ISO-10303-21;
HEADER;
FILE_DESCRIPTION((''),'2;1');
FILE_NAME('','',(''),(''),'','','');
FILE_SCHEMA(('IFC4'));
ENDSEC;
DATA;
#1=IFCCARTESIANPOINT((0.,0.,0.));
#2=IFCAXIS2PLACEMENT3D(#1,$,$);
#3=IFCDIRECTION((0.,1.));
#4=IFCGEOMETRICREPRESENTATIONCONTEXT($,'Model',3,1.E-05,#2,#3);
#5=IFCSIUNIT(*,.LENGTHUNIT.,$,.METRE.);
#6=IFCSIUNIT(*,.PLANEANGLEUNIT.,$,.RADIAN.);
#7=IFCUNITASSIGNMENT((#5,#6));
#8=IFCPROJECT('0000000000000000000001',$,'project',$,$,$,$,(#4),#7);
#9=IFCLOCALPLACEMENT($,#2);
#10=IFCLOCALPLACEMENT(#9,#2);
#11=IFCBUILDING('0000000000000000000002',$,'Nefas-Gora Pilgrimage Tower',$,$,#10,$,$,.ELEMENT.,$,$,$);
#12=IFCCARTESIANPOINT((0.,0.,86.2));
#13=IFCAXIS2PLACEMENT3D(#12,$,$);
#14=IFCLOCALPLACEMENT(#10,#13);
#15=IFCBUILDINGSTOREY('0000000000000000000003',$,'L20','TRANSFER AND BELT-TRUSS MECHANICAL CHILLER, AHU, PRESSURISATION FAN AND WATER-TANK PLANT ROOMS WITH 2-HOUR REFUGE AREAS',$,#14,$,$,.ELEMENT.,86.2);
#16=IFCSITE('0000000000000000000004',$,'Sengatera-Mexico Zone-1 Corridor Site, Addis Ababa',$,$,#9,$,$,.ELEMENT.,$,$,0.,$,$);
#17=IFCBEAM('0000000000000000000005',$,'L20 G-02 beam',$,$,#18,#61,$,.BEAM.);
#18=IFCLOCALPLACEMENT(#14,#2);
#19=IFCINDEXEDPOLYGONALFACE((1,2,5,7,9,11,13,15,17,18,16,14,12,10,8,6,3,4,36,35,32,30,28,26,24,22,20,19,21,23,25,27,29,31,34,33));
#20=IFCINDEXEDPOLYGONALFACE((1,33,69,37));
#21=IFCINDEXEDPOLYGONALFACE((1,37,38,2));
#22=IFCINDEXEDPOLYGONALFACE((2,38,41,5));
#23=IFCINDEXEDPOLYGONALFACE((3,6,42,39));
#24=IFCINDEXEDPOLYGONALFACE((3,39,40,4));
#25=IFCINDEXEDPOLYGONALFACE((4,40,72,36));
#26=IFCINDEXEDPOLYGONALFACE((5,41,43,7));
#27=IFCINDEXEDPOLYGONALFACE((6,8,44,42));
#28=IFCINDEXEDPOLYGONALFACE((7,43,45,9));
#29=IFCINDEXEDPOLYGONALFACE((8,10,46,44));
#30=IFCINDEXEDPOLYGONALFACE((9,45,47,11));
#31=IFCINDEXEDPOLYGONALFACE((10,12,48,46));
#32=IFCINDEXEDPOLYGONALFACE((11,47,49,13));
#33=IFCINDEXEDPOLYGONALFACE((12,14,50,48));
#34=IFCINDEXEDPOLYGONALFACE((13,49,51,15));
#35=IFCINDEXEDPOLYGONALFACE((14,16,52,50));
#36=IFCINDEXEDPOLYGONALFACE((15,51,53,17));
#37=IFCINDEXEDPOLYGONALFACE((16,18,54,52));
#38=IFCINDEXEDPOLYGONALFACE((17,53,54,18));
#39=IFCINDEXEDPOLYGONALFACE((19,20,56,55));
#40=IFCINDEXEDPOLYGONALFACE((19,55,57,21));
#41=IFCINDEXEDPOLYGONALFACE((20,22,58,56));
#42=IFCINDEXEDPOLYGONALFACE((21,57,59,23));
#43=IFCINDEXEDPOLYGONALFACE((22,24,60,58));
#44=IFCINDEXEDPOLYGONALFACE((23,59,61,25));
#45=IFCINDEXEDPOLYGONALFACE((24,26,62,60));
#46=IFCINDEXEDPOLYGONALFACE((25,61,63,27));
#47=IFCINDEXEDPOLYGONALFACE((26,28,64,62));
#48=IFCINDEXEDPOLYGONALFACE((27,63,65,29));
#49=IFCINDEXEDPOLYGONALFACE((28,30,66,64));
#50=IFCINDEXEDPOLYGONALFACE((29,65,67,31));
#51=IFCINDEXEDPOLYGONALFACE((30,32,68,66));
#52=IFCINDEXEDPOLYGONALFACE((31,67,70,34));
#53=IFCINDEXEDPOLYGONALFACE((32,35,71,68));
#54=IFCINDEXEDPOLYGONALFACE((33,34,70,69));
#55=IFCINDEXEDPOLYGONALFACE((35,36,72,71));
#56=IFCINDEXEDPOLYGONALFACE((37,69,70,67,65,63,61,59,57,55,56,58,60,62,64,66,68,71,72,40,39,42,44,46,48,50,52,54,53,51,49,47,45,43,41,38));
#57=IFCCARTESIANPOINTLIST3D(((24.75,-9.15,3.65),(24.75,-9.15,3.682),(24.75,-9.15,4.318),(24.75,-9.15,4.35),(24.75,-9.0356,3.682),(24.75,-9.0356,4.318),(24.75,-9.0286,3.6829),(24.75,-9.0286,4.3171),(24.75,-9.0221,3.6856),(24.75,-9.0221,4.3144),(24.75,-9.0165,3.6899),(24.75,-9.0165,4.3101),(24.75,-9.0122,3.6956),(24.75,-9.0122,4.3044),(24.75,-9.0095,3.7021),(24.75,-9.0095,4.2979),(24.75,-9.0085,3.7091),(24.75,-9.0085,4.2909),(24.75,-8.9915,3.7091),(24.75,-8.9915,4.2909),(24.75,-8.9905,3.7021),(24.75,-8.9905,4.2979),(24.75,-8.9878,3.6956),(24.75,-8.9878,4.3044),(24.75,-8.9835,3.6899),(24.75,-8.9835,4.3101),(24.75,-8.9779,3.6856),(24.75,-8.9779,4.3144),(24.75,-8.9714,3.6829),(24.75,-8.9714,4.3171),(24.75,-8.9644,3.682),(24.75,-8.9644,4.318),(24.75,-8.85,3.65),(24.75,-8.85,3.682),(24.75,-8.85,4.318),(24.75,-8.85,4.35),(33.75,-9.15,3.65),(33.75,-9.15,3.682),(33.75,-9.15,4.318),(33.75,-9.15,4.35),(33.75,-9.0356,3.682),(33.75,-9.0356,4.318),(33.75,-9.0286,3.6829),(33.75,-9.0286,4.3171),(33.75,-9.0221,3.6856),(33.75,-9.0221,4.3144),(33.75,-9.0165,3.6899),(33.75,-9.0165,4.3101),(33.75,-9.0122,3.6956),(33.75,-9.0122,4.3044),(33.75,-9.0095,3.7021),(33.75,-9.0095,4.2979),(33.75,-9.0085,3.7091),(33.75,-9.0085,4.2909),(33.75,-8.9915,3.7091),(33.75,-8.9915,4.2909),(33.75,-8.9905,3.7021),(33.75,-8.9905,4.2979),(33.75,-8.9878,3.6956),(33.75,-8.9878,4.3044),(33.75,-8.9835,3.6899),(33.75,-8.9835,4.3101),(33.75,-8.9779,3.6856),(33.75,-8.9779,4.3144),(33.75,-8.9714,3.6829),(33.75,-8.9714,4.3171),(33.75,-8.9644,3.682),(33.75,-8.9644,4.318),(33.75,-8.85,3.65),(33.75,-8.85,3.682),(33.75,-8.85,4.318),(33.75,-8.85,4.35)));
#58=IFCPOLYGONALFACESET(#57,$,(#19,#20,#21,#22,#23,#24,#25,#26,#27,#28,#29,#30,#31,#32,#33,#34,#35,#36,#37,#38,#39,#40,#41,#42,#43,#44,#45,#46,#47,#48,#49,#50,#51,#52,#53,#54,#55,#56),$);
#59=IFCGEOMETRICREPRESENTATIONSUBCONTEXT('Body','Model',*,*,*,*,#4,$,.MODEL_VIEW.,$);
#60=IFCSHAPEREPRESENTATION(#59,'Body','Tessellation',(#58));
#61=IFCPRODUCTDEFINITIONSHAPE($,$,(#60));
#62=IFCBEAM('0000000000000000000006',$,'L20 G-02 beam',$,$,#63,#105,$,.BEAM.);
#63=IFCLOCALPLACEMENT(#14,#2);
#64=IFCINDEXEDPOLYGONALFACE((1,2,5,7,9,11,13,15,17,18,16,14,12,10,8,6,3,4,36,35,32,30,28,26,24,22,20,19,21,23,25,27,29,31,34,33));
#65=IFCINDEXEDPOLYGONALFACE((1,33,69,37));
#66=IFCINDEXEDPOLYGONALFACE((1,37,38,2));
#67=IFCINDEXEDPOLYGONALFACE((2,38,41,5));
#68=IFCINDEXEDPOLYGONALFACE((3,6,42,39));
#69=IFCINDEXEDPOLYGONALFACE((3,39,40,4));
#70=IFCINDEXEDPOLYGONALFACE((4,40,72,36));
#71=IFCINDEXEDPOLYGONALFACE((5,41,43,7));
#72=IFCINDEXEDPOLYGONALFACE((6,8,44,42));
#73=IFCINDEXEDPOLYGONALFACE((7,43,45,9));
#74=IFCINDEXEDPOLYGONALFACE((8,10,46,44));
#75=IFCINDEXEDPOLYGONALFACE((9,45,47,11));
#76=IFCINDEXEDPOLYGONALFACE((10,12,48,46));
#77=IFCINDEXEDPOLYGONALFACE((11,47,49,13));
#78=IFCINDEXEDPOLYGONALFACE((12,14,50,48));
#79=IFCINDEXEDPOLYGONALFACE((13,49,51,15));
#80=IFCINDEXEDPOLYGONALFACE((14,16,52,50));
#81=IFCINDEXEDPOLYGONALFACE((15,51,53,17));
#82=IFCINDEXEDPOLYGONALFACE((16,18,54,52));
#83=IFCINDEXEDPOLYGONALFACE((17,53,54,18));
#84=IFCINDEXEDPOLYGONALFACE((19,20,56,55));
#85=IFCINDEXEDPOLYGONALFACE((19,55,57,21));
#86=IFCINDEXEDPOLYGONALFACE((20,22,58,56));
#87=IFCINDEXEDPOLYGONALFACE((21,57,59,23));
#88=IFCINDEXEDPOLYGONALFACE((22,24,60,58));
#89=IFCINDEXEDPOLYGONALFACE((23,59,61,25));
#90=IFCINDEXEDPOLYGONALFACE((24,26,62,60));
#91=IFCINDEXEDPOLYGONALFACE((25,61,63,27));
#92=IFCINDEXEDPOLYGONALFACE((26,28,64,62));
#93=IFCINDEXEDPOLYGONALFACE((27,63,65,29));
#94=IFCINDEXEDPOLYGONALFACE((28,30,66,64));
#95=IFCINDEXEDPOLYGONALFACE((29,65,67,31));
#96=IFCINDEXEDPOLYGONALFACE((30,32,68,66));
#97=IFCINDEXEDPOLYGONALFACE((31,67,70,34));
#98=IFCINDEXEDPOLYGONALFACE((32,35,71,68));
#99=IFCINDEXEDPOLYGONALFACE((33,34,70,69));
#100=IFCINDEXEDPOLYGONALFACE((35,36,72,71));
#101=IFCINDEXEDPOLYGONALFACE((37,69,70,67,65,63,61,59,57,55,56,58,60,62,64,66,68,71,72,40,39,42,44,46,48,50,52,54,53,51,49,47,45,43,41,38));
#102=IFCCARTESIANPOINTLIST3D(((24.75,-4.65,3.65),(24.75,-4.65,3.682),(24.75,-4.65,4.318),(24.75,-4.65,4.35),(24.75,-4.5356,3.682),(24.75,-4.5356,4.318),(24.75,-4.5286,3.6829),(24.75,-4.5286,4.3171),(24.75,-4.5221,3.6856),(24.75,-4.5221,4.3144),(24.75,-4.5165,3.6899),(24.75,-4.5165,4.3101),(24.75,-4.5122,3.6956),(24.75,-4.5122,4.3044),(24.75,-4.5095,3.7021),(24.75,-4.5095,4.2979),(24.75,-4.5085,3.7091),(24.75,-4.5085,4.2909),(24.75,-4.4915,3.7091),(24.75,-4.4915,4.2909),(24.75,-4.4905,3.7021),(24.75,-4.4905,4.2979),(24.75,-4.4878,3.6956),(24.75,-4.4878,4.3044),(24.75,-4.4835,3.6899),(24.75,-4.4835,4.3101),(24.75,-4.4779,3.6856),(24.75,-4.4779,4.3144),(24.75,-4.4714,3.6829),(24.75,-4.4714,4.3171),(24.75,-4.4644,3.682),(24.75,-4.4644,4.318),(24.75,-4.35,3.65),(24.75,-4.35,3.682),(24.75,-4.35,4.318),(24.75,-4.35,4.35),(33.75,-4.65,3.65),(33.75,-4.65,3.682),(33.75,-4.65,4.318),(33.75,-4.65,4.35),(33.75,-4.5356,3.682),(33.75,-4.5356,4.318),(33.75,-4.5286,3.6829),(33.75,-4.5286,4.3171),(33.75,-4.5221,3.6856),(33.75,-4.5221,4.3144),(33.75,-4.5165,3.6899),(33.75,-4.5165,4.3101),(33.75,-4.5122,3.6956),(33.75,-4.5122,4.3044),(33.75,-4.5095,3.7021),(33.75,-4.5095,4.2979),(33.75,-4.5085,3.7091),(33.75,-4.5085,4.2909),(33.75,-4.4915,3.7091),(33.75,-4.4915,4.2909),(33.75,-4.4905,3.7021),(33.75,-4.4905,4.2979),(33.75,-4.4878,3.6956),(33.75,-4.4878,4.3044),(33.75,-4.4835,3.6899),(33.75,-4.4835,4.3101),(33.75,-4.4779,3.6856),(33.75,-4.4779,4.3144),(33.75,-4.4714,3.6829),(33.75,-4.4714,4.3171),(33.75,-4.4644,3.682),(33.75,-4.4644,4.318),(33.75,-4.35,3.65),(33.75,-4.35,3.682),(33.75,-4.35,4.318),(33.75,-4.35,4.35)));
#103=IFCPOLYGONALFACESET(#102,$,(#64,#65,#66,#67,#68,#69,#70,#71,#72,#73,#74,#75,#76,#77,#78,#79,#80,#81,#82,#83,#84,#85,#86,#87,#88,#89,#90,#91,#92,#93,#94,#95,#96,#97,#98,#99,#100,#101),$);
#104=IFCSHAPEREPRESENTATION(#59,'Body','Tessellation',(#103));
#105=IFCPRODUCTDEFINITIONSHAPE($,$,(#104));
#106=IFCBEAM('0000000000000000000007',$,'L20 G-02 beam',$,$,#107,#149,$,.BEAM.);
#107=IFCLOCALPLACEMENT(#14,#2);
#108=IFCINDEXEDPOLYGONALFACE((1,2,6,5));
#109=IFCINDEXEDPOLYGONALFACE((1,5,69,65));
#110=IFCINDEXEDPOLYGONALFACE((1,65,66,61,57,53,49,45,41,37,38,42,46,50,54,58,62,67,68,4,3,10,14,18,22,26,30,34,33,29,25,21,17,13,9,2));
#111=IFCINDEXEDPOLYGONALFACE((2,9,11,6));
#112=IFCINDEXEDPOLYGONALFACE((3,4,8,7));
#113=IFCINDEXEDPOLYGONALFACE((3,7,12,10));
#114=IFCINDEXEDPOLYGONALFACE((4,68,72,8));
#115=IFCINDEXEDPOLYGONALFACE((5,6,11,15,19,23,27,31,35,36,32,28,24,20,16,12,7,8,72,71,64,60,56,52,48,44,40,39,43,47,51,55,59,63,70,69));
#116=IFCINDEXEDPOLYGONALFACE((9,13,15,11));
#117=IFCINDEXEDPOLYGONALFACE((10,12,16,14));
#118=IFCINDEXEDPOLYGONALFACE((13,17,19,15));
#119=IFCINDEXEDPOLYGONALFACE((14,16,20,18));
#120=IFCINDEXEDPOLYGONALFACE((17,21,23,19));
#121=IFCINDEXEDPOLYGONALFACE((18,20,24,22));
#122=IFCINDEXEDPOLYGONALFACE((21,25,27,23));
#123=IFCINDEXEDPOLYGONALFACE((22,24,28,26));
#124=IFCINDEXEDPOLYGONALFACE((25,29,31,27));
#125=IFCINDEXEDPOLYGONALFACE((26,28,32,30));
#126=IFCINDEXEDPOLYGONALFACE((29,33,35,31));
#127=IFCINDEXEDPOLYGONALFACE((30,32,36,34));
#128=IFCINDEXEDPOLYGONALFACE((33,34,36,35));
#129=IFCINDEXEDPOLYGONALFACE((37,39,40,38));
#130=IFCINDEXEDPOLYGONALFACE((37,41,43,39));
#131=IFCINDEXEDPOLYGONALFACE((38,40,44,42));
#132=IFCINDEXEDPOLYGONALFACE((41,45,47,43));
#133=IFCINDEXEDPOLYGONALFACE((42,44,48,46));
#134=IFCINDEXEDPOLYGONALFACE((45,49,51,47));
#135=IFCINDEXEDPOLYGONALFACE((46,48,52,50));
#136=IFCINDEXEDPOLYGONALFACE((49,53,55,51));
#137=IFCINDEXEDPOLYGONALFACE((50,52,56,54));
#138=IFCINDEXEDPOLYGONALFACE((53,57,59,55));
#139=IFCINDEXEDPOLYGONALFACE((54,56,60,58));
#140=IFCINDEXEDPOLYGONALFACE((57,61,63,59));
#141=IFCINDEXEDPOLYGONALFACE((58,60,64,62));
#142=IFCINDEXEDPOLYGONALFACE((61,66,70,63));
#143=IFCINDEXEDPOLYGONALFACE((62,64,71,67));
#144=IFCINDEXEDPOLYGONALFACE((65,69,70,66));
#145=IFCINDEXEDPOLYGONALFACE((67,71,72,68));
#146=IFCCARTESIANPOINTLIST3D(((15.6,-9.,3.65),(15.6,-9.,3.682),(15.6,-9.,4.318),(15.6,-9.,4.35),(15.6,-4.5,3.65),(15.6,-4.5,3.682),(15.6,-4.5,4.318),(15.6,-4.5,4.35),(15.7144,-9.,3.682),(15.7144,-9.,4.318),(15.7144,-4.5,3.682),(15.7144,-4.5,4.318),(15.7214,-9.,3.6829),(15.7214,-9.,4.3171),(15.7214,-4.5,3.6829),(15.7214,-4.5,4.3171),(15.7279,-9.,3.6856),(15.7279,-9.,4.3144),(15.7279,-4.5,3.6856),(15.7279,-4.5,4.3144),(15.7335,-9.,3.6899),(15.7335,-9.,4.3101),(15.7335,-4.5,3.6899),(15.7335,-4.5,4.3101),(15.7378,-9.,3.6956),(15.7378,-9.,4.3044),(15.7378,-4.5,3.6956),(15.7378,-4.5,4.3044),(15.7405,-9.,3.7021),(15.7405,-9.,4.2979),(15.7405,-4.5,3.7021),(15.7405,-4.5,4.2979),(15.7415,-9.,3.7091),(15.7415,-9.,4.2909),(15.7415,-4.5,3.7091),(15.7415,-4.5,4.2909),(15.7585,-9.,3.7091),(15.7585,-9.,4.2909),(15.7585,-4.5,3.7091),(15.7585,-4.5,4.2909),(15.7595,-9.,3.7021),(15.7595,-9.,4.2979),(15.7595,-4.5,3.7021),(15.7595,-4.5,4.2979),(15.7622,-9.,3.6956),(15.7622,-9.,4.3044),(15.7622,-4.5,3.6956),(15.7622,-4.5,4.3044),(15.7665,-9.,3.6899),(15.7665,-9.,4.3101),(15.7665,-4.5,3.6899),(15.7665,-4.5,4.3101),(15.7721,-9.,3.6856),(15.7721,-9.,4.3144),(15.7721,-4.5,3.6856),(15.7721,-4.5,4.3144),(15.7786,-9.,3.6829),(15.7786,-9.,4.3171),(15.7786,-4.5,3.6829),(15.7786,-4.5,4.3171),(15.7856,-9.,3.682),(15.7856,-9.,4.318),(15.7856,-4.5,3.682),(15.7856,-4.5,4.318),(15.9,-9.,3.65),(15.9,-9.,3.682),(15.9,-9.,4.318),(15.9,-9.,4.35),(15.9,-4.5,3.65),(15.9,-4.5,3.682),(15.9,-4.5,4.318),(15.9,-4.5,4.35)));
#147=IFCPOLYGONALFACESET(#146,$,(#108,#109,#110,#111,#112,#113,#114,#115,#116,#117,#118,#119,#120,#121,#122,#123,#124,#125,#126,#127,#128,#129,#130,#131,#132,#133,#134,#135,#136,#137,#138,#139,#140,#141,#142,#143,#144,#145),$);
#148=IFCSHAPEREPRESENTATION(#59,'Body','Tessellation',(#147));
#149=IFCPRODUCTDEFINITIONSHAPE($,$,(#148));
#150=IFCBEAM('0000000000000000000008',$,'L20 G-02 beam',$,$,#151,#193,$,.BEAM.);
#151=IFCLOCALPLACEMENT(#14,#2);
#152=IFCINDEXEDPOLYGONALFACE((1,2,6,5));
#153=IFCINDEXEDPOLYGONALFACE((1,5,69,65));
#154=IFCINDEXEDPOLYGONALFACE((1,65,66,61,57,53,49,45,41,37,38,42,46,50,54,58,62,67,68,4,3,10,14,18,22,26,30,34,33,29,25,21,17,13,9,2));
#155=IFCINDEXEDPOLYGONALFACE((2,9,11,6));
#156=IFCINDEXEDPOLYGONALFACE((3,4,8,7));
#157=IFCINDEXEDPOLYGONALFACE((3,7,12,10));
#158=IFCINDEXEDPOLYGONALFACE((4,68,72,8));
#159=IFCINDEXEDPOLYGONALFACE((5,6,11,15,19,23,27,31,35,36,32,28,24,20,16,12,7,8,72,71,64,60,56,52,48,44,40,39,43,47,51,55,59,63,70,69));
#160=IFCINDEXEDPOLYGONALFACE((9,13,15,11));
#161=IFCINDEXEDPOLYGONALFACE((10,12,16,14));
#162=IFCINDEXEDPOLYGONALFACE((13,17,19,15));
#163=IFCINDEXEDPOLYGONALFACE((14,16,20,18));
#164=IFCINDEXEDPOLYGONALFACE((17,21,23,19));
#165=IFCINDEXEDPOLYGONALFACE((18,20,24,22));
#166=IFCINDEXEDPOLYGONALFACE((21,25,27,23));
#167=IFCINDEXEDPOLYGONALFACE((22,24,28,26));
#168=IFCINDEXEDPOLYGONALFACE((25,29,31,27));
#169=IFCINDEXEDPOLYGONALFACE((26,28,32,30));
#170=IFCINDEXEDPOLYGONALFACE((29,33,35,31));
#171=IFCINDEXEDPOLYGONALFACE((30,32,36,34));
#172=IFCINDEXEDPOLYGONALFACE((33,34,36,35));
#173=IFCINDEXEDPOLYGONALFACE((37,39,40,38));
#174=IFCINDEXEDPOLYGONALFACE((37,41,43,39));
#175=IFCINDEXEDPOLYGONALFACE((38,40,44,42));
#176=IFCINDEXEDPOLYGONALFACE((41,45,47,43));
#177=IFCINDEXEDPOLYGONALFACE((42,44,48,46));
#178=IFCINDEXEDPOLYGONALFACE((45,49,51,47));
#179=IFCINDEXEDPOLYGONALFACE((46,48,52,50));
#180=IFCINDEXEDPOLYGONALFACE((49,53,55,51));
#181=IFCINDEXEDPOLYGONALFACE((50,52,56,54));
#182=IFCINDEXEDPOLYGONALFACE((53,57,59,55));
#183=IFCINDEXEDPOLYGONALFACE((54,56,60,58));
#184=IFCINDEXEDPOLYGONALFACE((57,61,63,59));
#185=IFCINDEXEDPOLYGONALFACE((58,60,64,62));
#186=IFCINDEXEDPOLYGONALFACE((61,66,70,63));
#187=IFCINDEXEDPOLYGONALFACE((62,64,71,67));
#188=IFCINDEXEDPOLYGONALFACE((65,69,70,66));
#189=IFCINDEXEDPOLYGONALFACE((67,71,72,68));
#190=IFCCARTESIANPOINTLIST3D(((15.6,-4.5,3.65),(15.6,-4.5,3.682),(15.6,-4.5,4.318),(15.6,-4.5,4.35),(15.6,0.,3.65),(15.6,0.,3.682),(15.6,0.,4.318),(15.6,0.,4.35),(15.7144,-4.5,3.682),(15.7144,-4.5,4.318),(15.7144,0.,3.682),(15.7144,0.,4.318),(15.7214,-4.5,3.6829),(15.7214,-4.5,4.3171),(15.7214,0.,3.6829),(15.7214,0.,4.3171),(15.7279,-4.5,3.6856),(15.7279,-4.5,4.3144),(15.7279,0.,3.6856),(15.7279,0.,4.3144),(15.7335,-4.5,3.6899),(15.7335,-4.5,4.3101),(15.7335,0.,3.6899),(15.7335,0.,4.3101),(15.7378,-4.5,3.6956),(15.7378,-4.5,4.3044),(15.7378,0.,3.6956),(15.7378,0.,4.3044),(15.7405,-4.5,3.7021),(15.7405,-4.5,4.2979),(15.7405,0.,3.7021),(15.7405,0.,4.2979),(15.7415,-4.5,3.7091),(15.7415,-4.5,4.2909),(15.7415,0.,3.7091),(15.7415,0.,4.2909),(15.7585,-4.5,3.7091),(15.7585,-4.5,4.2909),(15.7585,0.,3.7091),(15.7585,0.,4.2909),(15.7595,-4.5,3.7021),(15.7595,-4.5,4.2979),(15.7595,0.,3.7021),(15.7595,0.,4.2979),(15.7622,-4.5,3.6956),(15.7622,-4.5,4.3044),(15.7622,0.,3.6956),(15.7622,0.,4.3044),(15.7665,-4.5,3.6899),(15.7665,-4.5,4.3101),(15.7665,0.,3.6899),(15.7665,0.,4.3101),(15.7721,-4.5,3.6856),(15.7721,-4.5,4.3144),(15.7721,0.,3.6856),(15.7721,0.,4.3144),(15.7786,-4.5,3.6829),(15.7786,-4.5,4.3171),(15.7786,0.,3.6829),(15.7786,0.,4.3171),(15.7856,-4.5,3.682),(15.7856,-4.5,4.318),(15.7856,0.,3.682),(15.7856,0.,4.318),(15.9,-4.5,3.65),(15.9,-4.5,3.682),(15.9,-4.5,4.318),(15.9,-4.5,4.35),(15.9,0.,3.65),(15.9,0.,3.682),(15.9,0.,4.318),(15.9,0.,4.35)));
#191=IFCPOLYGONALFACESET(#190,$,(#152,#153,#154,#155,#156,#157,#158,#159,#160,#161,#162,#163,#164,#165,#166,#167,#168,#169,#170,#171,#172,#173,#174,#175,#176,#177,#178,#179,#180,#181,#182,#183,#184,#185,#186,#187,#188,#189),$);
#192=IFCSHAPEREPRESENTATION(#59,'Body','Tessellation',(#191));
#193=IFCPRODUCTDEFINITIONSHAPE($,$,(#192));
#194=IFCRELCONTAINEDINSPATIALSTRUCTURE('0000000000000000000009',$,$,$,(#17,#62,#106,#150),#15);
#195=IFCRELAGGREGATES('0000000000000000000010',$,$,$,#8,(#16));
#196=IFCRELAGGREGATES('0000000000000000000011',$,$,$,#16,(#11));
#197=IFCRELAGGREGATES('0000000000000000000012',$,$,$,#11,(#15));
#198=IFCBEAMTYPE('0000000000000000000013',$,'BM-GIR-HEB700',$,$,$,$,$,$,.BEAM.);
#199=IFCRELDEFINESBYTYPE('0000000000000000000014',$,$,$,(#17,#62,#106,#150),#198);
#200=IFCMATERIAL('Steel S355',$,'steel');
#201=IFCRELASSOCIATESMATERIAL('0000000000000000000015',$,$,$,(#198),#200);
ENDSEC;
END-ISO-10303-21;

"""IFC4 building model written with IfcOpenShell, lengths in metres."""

from ifc_helpers import new_model, si_unit, direction, frame, origin, origin_2d, place, context, subcontext, project, spatial, i_section, extrude, source, transform, mapped, material, material_profile, profile_set, type_object, element, save


model = new_model("IFC4")

# Units and contexts
model_context = context("Model", 3, precision=1e-05, world=origin(), true_north=direction((0.0, 1.0)))
body_context = subcontext(model_context, "Body", "Model", "MODEL_VIEW")
ifc_project = project(units=[si_unit("LENGTHUNIT", "METRE"), si_unit("PLANEANGLEUNIT", "RADIAN")], contexts=[model_context])

# Site, building, storey
site_placement = place(None, origin())
site = spatial("IfcSite", under=ifc_project, at=site_placement, Name="Sengatera-Mexico Zone-1 Corridor Site, Addis Ababa", CompositionType="ELEMENT", RefElevation=0.0)
building_placement = place(site_placement, origin())
building = spatial("IfcBuilding", under=site, at=building_placement, Name="Nefas-Gora Pilgrimage Tower", CompositionType="ELEMENT")
storey_placement = place(building_placement, frame((0.0, 0.0, 86.2)))
storey = spatial("IfcBuildingStorey", under=building, at=storey_placement, Name="L20", Description="TRANSFER AND BELT-TRUSS MECHANICAL CHILLER, AHU, PRESSURISATION FAN AND WATER-TANK PLANT ROOMS WITH 2-HOUR REFUGE AREAS", CompositionType="ELEMENT", Elevation=86.2)

# Beams
ifc_material_1 = material(Name="Steel S355", Category="steel")
ifc_material_profile_1 = material_profile(ifc_material_1, i_section(OverallWidth=0.3, OverallDepth=0.7, WebThickness=0.0171, FlangeThickness=0.032, FilletRadius=0.0271, at=origin_2d()), Name="HEB 700")
ifc_profile_set_1 = profile_set([ifc_material_profile_1], Name="Steel S355")
beam_type_1 = type_object("IfcBeamType", Name="BM-GIR-HEB700", PredefinedType="BEAM", material=ifc_profile_set_1)
shared_shape_1 = source(origin(), body_context, "Body", "SweptSolid", [
    extrude(i_section(OverallWidth=0.3, OverallDepth=0.7, WebThickness=0.0171, FlangeThickness=0.032, FilletRadius=0.0271, at=origin_2d()), origin(), (0.0, 0.0, 1.0), 9.0),
])
for number, where, z_axis, x_axis, name in (
    (1, (24.75, -9.0, 4.0), (1.0, 0.0, 0.0), (0.0, 1.0, 0.0), "L20 G-02 beam"),
    (2, (24.75, -4.5, 4.0), (1.0, 0.0, 0.0), (0.0, 1.0, 0.0), "L20 G-02 beam"),
):
    element("IfcBeam", number, at=place(storey_placement, frame(where, z_axis=z_axis, x_axis=x_axis)), inside=storey, type_object=beam_type_1, Name=name, PredefinedType="BEAM", context=body_context, shape_type="MappedRepresentation", body=[
        mapped(shared_shape_1, transform((0.0, 0.0, 0.0), x_axis=(1.0, 0.0, 0.0), y_axis=(0.0, 1.0, 0.0), z_axis=(0.0, 0.0, 1.0), scale=1.0)),
    ])
shared_shape_2 = source(origin(), body_context, "Body", "SweptSolid", [
    extrude(i_section(OverallWidth=0.3, OverallDepth=0.7, WebThickness=0.0171, FlangeThickness=0.032, FilletRadius=0.0271, at=origin_2d()), origin(), (0.0, 0.0, 1.0), 4.5),
])
for number, where, z_axis, x_axis, name in (
    (3, (15.75, -9.0, 4.0), (0.0, 1.0, 0.0), (-1.0, 0.0, 0.0), "L20 G-02 beam"),
    (4, (15.75, -4.5, 4.0), (0.0, 1.0, 0.0), (-1.0, 0.0, 0.0), "L20 G-02 beam"),
):
    element("IfcBeam", number, at=place(storey_placement, frame(where, z_axis=z_axis, x_axis=x_axis)), inside=storey, type_object=beam_type_1, Name=name, PredefinedType="BEAM", context=body_context, shape_type="MappedRepresentation", body=[
        mapped(shared_shape_2, transform((0.0, 0.0, 0.0), x_axis=(1.0, 0.0, 0.0), y_axis=(0.0, 1.0, 0.0), z_axis=(0.0, 0.0, 1.0), scale=1.0)),
    ])

save(model, "model.ifc")
